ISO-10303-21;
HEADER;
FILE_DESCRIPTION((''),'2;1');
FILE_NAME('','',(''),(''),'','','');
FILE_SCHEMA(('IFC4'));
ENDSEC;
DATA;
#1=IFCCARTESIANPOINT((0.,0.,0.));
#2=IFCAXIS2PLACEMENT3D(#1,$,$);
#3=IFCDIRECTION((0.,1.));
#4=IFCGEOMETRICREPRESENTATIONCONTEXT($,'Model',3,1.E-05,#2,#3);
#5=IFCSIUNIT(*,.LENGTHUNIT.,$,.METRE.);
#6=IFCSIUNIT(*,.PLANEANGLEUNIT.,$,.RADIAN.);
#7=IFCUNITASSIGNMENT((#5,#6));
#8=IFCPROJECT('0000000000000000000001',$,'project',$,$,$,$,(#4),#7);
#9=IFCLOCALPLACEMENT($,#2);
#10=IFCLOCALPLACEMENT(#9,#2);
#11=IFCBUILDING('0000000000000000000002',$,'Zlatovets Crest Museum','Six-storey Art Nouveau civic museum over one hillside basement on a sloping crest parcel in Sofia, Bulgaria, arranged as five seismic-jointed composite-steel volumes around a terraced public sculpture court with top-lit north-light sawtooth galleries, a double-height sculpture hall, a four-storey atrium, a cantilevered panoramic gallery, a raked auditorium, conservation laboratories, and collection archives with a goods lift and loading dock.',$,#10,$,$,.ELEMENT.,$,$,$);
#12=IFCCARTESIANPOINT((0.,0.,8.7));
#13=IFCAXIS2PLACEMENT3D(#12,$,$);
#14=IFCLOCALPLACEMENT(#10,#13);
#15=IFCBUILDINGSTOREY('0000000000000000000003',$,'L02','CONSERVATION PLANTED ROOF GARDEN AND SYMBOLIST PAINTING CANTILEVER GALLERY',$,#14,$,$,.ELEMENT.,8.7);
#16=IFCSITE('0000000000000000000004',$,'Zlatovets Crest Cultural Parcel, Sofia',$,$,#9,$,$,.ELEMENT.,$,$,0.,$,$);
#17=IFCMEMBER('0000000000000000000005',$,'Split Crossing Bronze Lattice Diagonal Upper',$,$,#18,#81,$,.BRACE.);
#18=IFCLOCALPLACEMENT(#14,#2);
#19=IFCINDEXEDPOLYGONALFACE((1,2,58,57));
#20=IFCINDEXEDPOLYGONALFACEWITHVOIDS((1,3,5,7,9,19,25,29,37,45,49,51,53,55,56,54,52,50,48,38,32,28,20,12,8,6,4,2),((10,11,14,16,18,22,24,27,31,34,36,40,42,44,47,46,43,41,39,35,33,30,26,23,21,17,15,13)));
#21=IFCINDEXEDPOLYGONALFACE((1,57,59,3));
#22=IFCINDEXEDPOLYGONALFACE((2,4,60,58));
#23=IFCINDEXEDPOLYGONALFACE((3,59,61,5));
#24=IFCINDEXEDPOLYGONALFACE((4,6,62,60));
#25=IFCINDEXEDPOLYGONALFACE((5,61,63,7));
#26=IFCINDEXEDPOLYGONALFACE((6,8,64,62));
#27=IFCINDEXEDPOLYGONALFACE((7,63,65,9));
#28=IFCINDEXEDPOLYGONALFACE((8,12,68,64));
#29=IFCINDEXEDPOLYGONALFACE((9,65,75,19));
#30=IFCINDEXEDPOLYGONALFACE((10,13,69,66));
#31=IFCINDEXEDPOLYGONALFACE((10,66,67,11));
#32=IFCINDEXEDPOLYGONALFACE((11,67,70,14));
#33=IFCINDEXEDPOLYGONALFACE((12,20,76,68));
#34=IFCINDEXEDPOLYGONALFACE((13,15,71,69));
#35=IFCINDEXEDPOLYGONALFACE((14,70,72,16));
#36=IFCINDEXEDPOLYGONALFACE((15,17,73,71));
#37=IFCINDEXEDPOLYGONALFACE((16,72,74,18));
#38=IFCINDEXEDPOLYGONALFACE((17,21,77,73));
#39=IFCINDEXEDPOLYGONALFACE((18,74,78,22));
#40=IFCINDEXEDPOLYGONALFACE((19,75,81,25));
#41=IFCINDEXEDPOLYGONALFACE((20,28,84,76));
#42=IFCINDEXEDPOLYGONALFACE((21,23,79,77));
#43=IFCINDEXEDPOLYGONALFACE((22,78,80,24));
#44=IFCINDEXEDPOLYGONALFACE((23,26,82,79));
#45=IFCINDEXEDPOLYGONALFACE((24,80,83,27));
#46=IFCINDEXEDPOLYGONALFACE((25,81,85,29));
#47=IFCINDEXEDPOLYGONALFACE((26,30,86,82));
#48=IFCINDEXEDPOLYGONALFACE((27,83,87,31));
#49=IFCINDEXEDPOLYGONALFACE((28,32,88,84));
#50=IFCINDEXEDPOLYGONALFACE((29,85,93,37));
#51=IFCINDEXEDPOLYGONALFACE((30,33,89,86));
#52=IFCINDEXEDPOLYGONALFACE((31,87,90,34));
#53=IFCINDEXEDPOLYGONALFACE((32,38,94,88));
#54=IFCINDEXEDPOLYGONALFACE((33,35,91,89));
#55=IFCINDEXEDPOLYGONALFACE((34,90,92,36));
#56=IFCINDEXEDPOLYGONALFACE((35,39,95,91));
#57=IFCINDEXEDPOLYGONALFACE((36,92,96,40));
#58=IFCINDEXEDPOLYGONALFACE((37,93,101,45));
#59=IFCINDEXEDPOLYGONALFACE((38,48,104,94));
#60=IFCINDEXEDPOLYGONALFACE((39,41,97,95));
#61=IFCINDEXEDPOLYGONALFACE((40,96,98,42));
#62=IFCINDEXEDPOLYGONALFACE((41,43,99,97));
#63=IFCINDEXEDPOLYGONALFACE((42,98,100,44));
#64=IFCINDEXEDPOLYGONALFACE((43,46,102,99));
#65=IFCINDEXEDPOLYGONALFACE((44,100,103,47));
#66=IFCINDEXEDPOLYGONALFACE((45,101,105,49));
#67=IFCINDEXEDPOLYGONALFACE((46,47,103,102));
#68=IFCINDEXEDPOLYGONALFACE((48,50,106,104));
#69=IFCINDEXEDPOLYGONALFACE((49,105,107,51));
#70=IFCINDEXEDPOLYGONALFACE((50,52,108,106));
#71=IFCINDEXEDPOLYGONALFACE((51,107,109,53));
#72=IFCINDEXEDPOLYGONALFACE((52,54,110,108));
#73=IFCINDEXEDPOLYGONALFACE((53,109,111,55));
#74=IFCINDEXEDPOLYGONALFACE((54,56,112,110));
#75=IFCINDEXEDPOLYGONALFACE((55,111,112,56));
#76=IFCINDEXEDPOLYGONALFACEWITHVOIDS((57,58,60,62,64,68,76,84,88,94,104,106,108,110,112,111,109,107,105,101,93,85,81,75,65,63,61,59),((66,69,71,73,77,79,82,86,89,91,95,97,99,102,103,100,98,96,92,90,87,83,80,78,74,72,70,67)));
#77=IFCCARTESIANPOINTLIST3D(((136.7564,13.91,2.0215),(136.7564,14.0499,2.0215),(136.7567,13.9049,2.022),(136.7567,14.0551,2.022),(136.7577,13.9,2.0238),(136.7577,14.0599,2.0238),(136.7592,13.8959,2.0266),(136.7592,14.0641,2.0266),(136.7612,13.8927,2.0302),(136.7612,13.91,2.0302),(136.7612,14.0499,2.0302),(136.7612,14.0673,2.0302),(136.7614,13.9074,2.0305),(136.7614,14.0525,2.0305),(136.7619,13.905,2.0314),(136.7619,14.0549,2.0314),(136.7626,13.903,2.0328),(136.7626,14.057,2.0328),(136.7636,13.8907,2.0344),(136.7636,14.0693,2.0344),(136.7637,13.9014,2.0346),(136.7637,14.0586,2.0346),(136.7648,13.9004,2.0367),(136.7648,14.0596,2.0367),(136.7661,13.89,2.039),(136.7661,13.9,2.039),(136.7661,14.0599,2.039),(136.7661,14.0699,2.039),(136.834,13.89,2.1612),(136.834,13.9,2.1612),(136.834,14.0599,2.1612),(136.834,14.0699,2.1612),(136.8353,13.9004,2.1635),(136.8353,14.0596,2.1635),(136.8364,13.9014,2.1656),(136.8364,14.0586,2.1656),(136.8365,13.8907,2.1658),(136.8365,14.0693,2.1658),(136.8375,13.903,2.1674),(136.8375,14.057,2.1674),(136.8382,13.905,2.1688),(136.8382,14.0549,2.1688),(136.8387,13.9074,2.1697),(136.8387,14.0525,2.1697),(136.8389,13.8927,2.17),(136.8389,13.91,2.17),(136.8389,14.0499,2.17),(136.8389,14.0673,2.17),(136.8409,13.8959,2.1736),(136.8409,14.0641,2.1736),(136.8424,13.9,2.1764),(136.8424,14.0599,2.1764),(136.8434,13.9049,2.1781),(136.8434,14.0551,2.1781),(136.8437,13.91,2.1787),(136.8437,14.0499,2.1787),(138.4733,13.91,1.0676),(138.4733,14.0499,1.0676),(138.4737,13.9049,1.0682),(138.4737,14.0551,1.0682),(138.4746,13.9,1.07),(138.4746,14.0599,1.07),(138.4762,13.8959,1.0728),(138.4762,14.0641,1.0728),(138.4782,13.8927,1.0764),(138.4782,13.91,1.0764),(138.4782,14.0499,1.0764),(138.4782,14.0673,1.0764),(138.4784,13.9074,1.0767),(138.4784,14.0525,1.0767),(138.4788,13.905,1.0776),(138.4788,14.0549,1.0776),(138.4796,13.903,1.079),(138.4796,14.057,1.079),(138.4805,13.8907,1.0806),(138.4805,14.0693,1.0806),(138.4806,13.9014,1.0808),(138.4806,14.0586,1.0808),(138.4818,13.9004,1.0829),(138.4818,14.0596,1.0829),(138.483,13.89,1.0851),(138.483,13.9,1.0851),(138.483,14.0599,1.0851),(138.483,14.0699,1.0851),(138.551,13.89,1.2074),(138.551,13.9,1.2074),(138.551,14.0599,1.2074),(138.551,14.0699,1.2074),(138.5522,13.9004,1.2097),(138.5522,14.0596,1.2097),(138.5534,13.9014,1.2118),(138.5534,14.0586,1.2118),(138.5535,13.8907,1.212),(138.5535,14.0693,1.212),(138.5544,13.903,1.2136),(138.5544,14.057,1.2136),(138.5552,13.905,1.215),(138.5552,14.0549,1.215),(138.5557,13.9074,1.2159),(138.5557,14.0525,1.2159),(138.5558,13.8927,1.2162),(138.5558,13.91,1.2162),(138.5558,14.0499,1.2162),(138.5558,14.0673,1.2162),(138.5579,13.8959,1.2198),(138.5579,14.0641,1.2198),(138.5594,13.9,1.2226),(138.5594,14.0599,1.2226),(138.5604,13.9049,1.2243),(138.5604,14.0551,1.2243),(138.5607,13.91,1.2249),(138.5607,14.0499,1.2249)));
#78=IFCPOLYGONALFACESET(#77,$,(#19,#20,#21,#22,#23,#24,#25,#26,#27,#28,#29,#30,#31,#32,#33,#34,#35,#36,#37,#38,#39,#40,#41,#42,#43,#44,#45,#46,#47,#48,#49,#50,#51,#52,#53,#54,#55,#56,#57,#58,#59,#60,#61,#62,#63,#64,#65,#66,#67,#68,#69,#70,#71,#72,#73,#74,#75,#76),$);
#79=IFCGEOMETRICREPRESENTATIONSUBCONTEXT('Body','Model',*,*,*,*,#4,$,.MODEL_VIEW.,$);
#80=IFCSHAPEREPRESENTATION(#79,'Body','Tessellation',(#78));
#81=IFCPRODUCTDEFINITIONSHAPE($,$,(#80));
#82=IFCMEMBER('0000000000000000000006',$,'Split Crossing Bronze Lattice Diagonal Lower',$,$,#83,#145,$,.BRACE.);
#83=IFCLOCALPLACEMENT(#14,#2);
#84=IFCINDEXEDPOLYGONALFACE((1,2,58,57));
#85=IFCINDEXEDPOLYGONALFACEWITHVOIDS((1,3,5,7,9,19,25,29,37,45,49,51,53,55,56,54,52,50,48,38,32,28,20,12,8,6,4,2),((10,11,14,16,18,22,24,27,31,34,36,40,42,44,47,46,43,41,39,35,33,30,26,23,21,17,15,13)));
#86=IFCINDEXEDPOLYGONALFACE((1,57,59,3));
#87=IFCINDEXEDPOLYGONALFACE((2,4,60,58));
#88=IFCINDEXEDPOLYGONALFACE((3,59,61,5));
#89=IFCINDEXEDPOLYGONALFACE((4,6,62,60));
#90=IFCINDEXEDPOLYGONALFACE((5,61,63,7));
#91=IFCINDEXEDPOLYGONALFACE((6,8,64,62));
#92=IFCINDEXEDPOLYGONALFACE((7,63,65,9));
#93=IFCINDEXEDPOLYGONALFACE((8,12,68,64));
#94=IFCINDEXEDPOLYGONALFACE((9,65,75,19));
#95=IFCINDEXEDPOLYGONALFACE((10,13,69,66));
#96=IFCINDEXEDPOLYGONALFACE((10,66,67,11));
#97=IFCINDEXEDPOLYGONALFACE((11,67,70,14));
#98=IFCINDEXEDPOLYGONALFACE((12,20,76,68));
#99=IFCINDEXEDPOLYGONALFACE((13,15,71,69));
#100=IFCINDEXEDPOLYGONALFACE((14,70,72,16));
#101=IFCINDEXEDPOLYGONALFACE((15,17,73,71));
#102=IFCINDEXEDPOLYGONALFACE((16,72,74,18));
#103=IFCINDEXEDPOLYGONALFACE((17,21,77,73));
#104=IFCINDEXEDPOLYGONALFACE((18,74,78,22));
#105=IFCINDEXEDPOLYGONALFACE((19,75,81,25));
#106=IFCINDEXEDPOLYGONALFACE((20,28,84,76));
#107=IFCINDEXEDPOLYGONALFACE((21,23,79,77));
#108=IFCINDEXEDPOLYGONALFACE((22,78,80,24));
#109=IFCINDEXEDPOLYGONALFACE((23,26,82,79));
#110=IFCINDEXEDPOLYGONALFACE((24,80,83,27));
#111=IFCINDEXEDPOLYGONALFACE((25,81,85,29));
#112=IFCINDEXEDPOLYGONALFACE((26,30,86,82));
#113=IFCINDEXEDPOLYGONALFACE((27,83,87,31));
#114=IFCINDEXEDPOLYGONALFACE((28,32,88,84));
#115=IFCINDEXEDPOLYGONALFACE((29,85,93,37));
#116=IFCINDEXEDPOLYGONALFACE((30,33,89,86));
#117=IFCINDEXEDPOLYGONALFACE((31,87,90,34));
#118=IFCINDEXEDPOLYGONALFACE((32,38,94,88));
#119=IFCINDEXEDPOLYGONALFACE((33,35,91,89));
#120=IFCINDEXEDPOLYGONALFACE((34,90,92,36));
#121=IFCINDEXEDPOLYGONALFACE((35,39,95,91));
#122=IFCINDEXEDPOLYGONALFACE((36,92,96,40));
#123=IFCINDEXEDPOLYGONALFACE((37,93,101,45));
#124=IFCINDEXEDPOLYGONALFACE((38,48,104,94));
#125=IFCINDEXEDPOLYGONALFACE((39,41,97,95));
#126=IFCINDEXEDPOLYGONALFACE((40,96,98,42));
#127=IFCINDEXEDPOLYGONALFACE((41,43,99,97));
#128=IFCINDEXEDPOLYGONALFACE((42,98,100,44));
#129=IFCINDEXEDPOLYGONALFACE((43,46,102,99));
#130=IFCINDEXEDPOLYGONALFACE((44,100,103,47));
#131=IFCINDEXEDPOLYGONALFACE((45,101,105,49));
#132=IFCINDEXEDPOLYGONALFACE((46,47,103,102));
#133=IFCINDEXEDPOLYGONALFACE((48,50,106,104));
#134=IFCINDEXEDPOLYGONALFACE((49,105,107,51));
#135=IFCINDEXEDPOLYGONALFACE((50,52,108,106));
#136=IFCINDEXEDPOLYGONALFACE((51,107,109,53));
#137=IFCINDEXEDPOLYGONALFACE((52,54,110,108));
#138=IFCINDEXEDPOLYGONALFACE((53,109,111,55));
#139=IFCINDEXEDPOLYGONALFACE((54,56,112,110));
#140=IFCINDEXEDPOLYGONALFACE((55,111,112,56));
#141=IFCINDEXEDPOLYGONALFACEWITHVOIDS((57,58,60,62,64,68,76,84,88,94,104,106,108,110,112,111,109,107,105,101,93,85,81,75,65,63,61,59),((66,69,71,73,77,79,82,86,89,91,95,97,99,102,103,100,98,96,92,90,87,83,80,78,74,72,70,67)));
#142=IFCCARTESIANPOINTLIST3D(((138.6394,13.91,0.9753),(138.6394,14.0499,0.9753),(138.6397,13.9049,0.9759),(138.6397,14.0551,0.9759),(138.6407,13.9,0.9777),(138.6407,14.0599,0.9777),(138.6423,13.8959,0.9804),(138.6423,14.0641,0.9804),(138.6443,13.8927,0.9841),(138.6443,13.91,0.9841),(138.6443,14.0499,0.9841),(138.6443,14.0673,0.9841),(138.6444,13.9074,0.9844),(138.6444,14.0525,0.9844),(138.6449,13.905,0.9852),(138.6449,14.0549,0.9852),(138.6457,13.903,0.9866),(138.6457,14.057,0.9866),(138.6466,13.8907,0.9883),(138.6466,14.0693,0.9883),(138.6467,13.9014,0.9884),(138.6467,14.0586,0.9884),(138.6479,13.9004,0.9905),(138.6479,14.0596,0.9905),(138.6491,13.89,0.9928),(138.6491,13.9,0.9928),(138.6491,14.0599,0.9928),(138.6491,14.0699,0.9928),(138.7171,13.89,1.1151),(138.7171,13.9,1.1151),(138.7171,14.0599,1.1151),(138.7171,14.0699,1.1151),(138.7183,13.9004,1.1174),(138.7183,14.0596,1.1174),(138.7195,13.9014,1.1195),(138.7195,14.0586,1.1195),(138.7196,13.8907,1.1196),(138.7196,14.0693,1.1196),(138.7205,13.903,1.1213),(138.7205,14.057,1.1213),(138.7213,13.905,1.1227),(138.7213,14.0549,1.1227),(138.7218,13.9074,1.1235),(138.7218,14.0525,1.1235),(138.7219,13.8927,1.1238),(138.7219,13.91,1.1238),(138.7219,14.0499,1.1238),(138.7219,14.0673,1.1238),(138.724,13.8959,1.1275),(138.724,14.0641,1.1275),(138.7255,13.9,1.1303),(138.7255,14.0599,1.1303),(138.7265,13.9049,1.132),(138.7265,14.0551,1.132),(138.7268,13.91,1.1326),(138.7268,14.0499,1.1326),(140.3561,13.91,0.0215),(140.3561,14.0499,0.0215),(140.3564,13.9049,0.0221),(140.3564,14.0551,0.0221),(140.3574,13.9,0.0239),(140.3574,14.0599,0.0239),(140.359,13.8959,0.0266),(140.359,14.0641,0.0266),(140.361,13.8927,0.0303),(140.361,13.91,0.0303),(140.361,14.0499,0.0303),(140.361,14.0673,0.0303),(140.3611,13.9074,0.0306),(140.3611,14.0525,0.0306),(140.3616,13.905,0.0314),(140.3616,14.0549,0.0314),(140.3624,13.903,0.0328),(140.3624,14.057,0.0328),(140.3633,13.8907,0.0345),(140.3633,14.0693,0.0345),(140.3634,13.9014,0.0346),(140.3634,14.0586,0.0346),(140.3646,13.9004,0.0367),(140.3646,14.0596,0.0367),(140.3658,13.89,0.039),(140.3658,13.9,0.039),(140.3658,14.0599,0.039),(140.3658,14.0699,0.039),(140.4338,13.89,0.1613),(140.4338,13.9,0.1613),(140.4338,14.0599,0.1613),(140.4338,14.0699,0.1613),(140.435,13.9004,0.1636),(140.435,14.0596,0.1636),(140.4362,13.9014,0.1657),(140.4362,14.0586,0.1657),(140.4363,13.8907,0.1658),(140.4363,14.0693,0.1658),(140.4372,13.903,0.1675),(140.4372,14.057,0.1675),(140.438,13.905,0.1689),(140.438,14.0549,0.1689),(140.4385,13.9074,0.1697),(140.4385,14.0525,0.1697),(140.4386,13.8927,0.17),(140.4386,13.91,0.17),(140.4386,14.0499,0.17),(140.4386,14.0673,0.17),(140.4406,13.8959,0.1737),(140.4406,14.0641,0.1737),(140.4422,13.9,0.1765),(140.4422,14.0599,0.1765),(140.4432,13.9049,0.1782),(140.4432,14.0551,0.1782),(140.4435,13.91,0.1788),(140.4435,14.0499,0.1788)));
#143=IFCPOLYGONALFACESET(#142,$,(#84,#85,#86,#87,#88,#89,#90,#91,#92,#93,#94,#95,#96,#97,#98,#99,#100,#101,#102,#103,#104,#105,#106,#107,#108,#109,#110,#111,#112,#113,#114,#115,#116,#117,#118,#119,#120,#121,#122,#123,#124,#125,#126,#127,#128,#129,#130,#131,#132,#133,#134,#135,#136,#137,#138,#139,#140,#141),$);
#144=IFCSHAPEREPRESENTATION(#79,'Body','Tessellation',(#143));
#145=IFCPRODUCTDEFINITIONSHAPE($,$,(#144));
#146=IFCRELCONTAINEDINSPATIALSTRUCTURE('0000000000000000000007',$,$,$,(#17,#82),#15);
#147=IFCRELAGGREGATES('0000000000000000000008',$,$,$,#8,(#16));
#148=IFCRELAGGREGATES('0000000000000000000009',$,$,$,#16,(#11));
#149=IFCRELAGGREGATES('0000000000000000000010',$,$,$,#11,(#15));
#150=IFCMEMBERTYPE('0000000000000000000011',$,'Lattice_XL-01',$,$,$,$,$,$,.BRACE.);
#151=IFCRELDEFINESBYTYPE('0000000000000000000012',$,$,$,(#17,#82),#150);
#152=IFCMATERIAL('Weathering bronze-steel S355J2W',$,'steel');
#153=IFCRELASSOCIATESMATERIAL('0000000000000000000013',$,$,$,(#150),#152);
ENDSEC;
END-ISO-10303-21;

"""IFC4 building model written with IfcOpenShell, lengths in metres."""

from ifc_helpers import new_model, si_unit, direction, frame, origin, origin_2d, place, context, subcontext, project, spatial, hollow_rectangle, extrude, material, material_profile, profile_set, type_object, element, save


model = new_model("IFC4")

# Units and contexts
model_context = context("Model", 3, precision=1e-05, world=origin(), true_north=direction((0.0, 1.0)))
body_context = subcontext(model_context, "Body", "Model", "MODEL_VIEW")
ifc_project = project(units=[si_unit("LENGTHUNIT", "METRE"), si_unit("PLANEANGLEUNIT", "RADIAN")], contexts=[model_context])

# Site, building, storey
site_placement = place(None, origin())
site = spatial("IfcSite", under=ifc_project, at=site_placement, Name="Zlatovets Crest Cultural Parcel, Sofia", CompositionType="ELEMENT", RefElevation=0.0)
building_placement = place(site_placement, origin())
building = spatial("IfcBuilding", under=site, at=building_placement, Name="Zlatovets Crest Museum", Description="Six-storey Art Nouveau civic museum over one hillside basement on a sloping crest parcel in Sofia, Bulgaria, arranged as five seismic-jointed composite-steel volumes around a terraced public sculpture court with top-lit north-light sawtooth galleries, a double-height sculpture hall, a four-storey atrium, a cantilevered panoramic gallery, a raked auditorium, conservation laboratories, and collection archives with a goods lift and loading dock.", CompositionType="ELEMENT")
storey_placement = place(building_placement, frame((0.0, 0.0, 8.7)))
storey = spatial("IfcBuildingStorey", under=building, at=storey_placement, Name="L02", Description="CONSERVATION PLANTED ROOF GARDEN AND SYMBOLIST PAINTING CANTILEVER GALLERY", CompositionType="ELEMENT", Elevation=8.7)

# Members
ifc_material_1 = material(Name="Weathering bronze-steel S355J2W", Category="steel")
ifc_material_profile_1 = material_profile(ifc_material_1, hollow_rectangle(XDim=0.1799, YDim=0.1799, WallThickness=0.01, InnerFilletRadius=0.01, OuterFilletRadius=0.02, at=origin_2d()), Name="SHS 180x180x10.0")
ifc_profile_set_1 = profile_set([ifc_material_profile_1], Name="Weathering bronze-steel S355J2W")
member_type_1 = type_object("IfcMemberType", Name="Lattice_XL-01", PredefinedType="BRACE", material=ifc_profile_set_1)
member_1_placement = place(storey_placement, frame((136.8, 13.98, 2.1001), z_axis=(0.874169, 0.0, -0.485622), x_axis=(0.0, 1.0, 0.0)))
element("IfcMember", 1, at=member_1_placement, inside=storey, type_object=member_type_1, Name="Split Crossing Bronze Lattice Diagonal Upper", PredefinedType="BRACE", context=body_context, shape_type="SweptSolid", body=[
    extrude(hollow_rectangle(XDim=0.1799, YDim=0.1799, WallThickness=0.01, InnerFilletRadius=0.01, OuterFilletRadius=0.02, at=origin_2d()), origin(), (0.0, 0.0, 1.0), 1.9641),
])
member_2_placement = place(storey_placement, frame((138.6831, 13.98, 1.054), z_axis=(0.87414, 0.0, -0.485675), x_axis=(0.0, 1.0, 0.0)))
element("IfcMember", 2, at=member_2_placement, inside=storey, type_object=member_type_1, Name="Split Crossing Bronze Lattice Diagonal Lower", PredefinedType="BRACE", context=body_context, shape_type="SweptSolid", body=[
    extrude(hollow_rectangle(XDim=0.1799, YDim=0.1799, WallThickness=0.01, InnerFilletRadius=0.01, OuterFilletRadius=0.02, at=origin_2d()), origin(), (0.0, 0.0, 1.0), 1.9639),
])

save(model, "model.ifc")
